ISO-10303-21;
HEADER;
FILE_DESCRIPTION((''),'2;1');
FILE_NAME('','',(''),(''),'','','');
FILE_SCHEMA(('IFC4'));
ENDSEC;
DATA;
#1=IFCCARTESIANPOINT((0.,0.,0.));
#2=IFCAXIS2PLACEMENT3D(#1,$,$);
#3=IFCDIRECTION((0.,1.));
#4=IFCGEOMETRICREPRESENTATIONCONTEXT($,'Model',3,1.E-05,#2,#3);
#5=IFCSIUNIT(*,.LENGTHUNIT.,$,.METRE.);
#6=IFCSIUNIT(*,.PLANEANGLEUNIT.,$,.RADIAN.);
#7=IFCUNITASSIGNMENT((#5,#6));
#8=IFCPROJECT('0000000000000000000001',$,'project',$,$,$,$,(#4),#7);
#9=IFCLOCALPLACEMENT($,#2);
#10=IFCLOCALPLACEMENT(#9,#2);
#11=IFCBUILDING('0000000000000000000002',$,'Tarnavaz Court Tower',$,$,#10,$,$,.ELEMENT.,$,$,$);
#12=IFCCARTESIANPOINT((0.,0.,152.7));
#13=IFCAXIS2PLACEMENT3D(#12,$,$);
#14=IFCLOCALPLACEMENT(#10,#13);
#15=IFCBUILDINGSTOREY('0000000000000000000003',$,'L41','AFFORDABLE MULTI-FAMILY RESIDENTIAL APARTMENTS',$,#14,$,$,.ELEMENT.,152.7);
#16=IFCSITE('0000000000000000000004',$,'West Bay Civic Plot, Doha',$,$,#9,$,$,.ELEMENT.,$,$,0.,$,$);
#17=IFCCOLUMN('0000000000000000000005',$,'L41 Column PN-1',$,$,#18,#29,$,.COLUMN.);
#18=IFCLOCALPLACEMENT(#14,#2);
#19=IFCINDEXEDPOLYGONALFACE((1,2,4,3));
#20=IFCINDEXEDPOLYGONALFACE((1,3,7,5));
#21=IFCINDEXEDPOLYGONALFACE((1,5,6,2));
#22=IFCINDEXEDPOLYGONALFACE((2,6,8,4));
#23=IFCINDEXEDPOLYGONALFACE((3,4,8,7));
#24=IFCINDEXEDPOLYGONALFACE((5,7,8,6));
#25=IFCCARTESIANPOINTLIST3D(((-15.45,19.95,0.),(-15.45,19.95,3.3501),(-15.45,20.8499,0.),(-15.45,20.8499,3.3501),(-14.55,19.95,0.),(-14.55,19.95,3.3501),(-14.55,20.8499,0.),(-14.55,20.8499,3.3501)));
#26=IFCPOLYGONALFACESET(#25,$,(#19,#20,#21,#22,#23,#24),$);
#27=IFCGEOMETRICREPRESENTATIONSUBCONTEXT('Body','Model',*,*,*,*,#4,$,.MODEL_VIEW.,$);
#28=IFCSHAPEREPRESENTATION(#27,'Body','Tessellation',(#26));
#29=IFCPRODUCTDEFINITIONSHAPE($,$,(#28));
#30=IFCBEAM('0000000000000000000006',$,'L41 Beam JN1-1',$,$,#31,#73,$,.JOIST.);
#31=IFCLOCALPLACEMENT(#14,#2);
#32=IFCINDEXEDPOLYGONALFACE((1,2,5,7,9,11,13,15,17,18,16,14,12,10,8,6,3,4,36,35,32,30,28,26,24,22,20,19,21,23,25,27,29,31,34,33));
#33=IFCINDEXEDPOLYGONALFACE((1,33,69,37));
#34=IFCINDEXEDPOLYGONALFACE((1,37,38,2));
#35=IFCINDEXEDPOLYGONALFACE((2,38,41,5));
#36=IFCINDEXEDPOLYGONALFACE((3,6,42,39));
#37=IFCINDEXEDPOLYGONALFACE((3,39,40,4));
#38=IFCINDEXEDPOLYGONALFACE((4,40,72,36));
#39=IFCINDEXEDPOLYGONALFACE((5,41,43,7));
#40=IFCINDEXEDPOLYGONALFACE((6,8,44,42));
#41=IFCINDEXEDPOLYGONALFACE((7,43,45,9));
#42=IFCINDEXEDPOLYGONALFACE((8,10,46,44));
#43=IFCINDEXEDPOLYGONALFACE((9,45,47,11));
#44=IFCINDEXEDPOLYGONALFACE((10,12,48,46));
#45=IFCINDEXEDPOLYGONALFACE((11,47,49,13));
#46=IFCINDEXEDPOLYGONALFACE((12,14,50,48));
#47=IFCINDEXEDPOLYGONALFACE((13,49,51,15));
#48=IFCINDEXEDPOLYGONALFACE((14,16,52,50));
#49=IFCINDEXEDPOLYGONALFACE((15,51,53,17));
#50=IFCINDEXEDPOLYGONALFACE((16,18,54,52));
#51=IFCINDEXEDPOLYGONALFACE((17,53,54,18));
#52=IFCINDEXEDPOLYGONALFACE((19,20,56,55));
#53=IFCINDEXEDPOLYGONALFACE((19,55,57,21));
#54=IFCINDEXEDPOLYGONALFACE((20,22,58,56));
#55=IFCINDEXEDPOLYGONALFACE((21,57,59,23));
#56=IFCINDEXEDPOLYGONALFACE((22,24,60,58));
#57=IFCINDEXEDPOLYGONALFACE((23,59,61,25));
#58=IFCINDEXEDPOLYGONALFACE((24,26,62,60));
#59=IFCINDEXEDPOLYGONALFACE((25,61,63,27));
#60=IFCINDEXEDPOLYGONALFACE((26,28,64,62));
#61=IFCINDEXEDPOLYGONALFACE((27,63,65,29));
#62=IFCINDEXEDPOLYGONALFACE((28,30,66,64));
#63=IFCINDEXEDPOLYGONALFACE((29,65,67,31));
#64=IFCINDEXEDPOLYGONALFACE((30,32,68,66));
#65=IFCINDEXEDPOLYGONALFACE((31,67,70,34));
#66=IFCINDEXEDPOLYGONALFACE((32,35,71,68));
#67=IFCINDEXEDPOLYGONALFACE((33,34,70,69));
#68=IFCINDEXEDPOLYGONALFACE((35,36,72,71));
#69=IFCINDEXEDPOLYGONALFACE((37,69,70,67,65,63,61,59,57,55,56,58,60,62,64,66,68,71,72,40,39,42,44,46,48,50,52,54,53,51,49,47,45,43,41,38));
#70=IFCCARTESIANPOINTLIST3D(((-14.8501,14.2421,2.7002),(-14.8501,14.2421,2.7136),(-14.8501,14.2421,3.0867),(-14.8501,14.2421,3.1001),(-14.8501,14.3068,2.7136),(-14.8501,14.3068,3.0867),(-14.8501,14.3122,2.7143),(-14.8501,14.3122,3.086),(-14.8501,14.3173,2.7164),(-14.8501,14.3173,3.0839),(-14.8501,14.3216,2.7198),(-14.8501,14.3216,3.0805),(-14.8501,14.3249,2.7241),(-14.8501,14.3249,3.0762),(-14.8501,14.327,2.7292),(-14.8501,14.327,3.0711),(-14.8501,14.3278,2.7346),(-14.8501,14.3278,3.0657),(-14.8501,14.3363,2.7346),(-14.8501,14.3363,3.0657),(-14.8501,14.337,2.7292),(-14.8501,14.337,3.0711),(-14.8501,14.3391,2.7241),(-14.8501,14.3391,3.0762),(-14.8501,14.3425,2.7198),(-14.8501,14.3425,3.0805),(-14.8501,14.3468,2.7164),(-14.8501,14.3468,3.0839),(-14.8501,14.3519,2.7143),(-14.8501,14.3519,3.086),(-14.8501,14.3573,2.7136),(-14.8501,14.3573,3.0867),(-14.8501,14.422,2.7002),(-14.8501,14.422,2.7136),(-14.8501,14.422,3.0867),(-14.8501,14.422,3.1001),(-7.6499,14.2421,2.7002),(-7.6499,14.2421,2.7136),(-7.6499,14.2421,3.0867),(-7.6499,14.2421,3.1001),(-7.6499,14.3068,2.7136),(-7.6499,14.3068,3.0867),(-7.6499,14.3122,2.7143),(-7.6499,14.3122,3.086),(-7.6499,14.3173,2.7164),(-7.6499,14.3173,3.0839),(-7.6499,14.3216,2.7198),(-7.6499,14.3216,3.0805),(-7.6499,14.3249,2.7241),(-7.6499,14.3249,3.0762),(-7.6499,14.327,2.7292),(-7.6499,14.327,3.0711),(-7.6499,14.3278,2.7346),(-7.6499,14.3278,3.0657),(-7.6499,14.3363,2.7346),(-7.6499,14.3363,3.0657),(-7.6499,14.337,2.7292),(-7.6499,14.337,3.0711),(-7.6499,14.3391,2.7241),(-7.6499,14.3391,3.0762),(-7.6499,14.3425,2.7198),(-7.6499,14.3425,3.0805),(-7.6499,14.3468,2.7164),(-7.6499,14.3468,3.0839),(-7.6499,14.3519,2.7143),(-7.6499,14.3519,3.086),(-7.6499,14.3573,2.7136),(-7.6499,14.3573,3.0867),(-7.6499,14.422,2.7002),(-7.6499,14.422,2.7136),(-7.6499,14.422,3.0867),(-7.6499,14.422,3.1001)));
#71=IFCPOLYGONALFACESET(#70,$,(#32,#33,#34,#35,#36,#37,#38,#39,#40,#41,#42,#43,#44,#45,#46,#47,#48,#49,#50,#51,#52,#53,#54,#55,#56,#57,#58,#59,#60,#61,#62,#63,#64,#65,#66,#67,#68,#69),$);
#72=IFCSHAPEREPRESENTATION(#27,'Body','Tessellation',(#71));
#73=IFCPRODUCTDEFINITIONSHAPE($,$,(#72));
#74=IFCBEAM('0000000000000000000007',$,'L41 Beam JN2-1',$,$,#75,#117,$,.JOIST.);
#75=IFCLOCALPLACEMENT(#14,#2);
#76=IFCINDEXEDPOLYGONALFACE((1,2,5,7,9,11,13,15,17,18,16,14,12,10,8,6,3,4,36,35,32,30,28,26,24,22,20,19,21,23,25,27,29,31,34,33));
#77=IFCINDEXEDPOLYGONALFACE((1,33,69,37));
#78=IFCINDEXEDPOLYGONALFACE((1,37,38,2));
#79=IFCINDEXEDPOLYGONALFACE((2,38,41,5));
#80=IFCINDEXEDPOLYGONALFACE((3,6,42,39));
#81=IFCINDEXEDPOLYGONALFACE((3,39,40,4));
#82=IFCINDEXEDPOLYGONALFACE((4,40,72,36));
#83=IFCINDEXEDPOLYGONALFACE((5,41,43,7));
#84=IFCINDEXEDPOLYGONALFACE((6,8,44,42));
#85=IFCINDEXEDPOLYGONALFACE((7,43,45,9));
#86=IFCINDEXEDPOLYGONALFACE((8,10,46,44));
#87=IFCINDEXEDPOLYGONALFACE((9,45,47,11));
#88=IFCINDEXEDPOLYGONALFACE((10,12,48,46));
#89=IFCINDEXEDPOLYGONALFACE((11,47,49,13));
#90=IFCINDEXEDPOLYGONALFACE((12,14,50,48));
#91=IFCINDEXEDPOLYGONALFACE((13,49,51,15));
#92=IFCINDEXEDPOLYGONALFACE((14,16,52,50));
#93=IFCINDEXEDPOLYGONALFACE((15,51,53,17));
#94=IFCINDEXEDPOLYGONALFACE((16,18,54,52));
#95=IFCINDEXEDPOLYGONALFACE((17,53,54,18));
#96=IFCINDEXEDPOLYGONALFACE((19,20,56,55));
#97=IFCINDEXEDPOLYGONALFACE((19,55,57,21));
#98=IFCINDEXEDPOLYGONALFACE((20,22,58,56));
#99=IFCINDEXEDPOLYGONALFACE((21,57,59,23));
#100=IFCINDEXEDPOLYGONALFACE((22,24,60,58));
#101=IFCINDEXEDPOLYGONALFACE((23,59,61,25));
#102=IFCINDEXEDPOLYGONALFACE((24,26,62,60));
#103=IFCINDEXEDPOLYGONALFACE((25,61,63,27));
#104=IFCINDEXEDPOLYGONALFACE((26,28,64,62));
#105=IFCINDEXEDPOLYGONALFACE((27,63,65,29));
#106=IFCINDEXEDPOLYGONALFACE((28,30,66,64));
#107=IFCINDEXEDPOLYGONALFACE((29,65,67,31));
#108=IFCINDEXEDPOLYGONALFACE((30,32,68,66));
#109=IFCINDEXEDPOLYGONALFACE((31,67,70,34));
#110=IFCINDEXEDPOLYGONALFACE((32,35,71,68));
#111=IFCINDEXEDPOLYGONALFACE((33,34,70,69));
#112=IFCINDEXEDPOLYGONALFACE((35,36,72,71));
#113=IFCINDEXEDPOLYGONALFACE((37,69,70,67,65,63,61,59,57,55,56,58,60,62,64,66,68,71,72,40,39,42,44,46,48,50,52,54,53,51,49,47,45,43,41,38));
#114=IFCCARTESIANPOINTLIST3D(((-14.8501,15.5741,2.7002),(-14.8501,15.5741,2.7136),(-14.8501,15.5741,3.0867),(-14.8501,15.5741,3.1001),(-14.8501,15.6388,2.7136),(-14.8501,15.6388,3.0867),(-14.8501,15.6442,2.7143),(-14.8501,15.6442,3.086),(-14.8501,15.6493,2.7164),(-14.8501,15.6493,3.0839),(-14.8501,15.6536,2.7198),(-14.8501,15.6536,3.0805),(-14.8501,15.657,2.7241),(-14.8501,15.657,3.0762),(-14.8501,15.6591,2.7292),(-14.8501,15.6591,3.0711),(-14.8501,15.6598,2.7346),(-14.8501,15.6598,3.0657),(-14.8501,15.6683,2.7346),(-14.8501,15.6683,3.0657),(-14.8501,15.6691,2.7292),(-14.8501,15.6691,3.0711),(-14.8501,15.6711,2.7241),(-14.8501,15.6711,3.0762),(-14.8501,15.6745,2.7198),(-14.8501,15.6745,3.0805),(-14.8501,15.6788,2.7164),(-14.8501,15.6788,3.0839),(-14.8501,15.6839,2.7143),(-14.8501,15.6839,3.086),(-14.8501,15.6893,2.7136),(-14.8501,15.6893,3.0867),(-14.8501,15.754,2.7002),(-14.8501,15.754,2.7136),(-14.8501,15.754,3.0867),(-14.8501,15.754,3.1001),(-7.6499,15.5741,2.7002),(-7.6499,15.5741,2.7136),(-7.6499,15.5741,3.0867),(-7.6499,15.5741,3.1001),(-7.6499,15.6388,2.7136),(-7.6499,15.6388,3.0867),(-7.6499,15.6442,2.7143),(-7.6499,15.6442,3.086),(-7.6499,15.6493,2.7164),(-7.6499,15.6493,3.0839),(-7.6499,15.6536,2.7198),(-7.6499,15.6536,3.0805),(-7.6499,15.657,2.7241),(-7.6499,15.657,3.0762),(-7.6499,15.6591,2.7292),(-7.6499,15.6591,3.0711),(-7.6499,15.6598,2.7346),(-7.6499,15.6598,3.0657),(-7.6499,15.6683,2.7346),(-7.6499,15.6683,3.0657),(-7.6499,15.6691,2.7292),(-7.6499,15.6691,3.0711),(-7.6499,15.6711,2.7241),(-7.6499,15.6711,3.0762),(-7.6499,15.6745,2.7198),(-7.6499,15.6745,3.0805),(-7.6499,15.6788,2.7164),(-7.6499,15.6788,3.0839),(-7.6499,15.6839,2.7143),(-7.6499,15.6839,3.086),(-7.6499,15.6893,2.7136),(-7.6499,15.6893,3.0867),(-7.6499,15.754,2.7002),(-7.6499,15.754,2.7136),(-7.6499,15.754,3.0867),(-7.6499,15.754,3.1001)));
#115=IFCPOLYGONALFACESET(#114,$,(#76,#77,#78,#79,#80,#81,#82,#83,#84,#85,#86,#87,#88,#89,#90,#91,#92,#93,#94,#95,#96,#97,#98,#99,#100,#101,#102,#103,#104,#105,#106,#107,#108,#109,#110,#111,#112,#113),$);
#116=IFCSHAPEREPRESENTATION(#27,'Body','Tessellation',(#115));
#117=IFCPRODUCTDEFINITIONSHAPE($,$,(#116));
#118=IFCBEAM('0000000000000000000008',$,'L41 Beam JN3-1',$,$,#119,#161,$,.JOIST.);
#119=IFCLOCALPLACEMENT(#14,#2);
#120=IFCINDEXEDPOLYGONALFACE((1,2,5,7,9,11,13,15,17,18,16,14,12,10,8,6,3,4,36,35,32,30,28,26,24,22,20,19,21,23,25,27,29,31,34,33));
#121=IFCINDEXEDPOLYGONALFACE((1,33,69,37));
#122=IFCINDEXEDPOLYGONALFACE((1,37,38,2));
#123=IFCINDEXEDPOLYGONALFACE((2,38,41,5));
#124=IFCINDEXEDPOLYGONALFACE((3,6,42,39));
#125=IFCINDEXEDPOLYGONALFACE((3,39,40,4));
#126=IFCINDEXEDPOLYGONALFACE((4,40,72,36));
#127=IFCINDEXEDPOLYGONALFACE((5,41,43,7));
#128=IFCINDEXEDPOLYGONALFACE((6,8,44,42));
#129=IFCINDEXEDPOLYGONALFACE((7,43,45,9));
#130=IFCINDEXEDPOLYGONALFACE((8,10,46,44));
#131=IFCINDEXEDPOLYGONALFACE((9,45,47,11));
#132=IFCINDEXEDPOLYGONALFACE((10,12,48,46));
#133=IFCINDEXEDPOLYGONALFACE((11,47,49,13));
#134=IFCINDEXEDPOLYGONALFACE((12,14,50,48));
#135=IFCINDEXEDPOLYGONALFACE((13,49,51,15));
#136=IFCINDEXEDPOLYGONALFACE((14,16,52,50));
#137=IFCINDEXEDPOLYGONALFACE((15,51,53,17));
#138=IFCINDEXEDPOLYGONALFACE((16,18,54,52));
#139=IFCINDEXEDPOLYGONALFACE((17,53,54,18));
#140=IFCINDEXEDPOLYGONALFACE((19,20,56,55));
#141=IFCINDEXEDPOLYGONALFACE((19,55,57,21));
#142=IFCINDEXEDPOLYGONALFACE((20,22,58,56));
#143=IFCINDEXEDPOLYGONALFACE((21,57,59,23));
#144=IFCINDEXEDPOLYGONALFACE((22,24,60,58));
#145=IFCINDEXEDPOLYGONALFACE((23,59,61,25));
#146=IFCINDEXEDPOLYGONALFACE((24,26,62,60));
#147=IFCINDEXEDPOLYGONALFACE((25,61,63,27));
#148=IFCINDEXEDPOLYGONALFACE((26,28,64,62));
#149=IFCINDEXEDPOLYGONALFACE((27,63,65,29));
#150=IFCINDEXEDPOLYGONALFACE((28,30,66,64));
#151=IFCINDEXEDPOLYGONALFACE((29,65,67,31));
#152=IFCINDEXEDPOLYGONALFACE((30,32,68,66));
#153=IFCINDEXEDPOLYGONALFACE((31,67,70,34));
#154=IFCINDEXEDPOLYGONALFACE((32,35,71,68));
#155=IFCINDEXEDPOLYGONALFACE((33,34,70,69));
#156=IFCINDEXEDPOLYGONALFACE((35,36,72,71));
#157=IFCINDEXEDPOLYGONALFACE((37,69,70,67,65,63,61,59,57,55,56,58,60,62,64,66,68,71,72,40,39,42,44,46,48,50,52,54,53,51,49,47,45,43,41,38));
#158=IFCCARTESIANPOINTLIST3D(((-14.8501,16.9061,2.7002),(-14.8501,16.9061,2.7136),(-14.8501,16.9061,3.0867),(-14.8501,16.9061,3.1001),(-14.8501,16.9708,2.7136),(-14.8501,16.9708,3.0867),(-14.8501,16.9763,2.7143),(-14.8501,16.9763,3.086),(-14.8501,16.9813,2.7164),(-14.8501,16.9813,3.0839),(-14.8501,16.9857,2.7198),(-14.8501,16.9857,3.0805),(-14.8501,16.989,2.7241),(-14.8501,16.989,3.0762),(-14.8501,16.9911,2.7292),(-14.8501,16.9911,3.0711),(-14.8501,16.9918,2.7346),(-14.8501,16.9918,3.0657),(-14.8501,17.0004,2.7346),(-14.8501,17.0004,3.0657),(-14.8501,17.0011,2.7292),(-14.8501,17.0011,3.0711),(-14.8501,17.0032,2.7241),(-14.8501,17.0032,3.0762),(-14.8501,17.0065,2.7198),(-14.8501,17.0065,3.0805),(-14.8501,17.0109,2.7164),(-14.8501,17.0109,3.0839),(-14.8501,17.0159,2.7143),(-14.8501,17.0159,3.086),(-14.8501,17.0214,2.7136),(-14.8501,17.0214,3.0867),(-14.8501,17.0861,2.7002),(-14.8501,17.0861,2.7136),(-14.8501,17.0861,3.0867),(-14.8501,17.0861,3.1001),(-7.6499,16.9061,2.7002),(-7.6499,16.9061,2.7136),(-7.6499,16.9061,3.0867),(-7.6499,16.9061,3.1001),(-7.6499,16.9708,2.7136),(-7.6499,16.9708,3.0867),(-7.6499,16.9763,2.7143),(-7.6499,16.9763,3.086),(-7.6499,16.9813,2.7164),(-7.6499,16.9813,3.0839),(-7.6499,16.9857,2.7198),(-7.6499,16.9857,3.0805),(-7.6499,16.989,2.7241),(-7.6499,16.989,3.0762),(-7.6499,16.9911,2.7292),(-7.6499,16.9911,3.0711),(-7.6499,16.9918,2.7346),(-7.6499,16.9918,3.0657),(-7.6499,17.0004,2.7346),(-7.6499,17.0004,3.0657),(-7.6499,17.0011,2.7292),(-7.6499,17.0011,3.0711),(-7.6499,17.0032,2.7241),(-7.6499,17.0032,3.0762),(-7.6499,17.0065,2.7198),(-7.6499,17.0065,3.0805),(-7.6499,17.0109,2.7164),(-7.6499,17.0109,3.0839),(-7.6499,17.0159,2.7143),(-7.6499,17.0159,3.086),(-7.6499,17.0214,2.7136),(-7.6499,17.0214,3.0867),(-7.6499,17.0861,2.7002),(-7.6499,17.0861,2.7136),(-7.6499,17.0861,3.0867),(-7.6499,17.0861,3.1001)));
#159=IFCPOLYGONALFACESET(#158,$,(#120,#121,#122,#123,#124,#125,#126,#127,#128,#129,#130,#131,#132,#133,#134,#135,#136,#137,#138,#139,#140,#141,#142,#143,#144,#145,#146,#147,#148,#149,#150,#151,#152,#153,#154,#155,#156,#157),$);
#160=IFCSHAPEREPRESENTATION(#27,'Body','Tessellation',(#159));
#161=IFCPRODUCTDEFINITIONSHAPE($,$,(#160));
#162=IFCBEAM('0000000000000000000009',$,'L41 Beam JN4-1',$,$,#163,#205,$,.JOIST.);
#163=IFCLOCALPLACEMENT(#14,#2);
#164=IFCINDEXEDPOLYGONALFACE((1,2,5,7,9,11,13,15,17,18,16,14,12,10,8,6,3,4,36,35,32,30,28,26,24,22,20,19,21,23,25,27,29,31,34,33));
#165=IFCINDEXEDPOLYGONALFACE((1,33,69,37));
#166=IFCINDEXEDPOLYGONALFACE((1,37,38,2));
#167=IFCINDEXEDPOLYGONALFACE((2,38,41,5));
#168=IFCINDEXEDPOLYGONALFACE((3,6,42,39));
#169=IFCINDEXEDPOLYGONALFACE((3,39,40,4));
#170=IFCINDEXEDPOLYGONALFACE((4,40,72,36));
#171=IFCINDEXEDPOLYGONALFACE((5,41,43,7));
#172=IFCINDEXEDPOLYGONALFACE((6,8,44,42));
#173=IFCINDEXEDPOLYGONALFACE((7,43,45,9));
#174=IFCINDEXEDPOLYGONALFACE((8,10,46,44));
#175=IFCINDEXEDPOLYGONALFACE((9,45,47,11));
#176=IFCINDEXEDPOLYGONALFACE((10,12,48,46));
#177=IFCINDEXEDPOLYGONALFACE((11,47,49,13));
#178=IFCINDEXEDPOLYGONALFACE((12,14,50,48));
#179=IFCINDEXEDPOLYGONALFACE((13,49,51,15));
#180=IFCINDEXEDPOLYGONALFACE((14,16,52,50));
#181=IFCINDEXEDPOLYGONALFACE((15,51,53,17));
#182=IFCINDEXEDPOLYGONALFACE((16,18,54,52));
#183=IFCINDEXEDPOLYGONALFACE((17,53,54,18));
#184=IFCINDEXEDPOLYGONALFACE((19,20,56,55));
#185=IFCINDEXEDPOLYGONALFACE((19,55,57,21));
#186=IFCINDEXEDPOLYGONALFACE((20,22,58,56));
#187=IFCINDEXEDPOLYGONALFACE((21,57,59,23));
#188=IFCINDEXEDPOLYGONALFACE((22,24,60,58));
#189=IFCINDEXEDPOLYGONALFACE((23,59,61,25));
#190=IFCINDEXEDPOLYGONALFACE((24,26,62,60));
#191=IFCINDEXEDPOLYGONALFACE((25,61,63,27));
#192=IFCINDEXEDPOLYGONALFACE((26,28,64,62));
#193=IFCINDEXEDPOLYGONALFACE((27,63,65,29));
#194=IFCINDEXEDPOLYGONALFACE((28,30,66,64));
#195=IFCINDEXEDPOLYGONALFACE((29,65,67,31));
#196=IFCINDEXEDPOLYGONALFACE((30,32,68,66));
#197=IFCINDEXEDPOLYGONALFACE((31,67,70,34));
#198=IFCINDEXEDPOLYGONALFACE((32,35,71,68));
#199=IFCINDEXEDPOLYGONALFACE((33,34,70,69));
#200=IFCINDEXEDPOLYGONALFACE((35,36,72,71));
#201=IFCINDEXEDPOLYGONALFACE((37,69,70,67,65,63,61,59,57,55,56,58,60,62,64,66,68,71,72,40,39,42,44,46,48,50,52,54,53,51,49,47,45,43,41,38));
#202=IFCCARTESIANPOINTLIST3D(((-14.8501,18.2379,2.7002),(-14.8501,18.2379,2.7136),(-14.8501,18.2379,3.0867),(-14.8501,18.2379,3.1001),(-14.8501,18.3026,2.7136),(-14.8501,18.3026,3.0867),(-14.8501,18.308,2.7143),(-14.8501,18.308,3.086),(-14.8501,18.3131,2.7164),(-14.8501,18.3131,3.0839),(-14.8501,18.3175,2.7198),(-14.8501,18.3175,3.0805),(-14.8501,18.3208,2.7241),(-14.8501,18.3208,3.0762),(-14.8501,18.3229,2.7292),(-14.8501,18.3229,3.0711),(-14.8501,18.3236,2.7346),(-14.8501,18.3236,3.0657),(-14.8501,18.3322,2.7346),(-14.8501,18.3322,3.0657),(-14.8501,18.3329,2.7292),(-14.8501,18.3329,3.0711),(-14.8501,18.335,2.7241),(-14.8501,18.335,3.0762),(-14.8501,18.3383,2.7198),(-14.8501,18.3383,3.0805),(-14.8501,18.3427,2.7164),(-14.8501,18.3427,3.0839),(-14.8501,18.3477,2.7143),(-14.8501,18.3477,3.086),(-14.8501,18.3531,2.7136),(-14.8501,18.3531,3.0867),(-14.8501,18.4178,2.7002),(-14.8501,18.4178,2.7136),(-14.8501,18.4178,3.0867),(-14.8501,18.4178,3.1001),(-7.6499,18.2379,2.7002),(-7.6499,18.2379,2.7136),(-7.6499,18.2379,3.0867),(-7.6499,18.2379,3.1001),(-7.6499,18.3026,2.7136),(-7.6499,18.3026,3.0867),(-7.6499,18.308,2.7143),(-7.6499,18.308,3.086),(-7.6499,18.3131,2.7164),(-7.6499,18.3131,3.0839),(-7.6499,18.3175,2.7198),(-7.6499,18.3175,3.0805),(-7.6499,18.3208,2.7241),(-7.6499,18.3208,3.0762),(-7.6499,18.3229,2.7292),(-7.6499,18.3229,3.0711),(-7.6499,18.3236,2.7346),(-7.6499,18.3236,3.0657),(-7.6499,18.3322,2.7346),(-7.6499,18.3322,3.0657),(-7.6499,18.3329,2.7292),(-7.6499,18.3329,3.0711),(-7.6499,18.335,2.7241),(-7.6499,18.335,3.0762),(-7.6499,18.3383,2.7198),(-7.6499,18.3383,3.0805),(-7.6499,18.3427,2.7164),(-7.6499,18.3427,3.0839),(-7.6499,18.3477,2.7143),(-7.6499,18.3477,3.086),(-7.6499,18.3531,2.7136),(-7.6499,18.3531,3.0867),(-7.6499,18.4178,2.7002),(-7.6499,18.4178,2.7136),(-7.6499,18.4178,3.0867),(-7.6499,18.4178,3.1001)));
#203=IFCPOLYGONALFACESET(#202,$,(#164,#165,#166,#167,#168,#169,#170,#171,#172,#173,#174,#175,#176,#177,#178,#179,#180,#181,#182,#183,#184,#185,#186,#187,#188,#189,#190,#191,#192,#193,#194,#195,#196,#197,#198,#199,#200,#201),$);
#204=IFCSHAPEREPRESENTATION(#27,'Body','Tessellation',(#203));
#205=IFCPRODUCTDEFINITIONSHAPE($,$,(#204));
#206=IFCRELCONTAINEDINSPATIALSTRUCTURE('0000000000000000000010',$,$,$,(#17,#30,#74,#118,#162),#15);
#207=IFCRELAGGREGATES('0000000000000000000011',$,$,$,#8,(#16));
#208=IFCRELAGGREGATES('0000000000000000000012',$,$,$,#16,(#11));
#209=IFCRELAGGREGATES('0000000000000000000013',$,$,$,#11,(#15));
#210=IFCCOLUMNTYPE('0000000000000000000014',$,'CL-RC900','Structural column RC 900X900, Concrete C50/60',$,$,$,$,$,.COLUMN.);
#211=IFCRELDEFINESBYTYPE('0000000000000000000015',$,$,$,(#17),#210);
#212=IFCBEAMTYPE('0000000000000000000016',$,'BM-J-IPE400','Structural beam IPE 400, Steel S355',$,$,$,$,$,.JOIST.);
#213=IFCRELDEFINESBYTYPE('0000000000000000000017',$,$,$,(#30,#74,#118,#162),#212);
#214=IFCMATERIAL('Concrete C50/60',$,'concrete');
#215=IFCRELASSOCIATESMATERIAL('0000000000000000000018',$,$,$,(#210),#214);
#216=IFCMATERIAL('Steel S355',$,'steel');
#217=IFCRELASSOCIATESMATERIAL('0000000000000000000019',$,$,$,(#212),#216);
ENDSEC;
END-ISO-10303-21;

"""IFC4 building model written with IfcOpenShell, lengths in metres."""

from ifc_helpers import new_model, si_unit, direction, frame, origin, origin_2d, place, context, subcontext, project, spatial, rectangle, i_section, extrude, material, material_profile, profile_set, type_object, element, save


model = new_model("IFC4")

# Units and contexts
model_context = context("Model", 3, precision=1e-05, world=origin(), true_north=direction((0.0, 1.0)))
body_context = subcontext(model_context, "Body", "Model", "MODEL_VIEW")
ifc_project = project(units=[si_unit("LENGTHUNIT", "METRE"), si_unit("PLANEANGLEUNIT", "RADIAN")], contexts=[model_context])

# Site, building, storey
site_placement = place(None, origin())
site = spatial("IfcSite", under=ifc_project, at=site_placement, Name="West Bay Civic Plot, Doha", CompositionType="ELEMENT", RefElevation=0.0)
building_placement = place(site_placement, origin())
building = spatial("IfcBuilding", under=site, at=building_placement, Name="Tarnavaz Court Tower", CompositionType="ELEMENT")
storey_placement = place(building_placement, frame((0.0, 0.0, 152.7)))
storey = spatial("IfcBuildingStorey", under=building, at=storey_placement, Name="L41", Description="AFFORDABLE MULTI-FAMILY RESIDENTIAL APARTMENTS", CompositionType="ELEMENT", Elevation=152.7)

# Column
ifc_material_1 = material(Name="Concrete C50/60", Category="concrete")
ifc_material_profile_1 = material_profile(ifc_material_1, rectangle(XDim=0.8999, YDim=0.8999, at=origin_2d()), Name="RC 900X900")
ifc_profile_set_1 = profile_set([ifc_material_profile_1], Name="Concrete C50/60")
column_type = type_object("IfcColumnType", Name="CL-RC900", Description="Structural column RC 900X900, Concrete C50/60", PredefinedType="COLUMN", material=ifc_profile_set_1)
column_placement = place(storey_placement, frame((-15.0, 20.3999, 0.0), z_axis=(0.0, 0.0, 1.0), x_axis=(1.0, 0.0, 0.0)))
element("IfcColumn", 1, at=column_placement, inside=storey, type_object=column_type, Name="L41 Column PN-1", PredefinedType="COLUMN", context=body_context, shape_type="SweptSolid", body=[
    extrude(rectangle(XDim=0.8999, YDim=0.8999, at=origin_2d()), origin(), (0.0, 0.0, 1.0), 3.3501),
])

# Beams
ifc_material_2 = material(Name="Steel S355", Category="steel")
ifc_material_profile_2 = material_profile(ifc_material_2, i_section(OverallWidth=0.1799, OverallDepth=0.3999, WebThickness=0.0085, FlangeThickness=0.0134, FilletRadius=0.021, at=origin_2d()), Name="IPE 400")
ifc_profile_set_2 = profile_set([ifc_material_profile_2], Name="Steel S355")
beam_type_1 = type_object("IfcBeamType", Name="BM-J-IPE400", Description="Structural beam IPE 400, Steel S355", PredefinedType="JOIST", material=ifc_profile_set_2)
for number, where, z_axis, x_axis, name in (
    (2, (-14.8501, 14.332, 2.9001), (1.0, 0.0, 0.0), (0.0, 1.0, 0.0), "L41 Beam JN1-1"),
    (3, (-14.8501, 15.6641, 2.9001), (1.0, 0.0, 0.0), (0.0, 1.0, 0.0), "L41 Beam JN2-1"),
    (4, (-14.8501, 16.9961, 2.9001), (1.0, 0.0, 0.0), (0.0, 1.0, 0.0), "L41 Beam JN3-1"),
    (5, (-14.8501, 18.3279, 2.9001), (1.0, 0.0, 0.0), (0.0, 1.0, 0.0), "L41 Beam JN4-1"),
):
    element("IfcBeam", number, at=place(storey_placement, frame(where, z_axis=z_axis, x_axis=x_axis)), inside=storey, type_object=beam_type_1, Name=name, PredefinedType="JOIST", context=body_context, shape_type="SweptSolid", body=[
        extrude(i_section(OverallWidth=0.1799, OverallDepth=0.3999, WebThickness=0.0085, FlangeThickness=0.0134, FilletRadius=0.021, at=origin_2d()), origin(), (0.0, 0.0, 1.0), 7.2002),
    ])

save(model, "model.ifc")
